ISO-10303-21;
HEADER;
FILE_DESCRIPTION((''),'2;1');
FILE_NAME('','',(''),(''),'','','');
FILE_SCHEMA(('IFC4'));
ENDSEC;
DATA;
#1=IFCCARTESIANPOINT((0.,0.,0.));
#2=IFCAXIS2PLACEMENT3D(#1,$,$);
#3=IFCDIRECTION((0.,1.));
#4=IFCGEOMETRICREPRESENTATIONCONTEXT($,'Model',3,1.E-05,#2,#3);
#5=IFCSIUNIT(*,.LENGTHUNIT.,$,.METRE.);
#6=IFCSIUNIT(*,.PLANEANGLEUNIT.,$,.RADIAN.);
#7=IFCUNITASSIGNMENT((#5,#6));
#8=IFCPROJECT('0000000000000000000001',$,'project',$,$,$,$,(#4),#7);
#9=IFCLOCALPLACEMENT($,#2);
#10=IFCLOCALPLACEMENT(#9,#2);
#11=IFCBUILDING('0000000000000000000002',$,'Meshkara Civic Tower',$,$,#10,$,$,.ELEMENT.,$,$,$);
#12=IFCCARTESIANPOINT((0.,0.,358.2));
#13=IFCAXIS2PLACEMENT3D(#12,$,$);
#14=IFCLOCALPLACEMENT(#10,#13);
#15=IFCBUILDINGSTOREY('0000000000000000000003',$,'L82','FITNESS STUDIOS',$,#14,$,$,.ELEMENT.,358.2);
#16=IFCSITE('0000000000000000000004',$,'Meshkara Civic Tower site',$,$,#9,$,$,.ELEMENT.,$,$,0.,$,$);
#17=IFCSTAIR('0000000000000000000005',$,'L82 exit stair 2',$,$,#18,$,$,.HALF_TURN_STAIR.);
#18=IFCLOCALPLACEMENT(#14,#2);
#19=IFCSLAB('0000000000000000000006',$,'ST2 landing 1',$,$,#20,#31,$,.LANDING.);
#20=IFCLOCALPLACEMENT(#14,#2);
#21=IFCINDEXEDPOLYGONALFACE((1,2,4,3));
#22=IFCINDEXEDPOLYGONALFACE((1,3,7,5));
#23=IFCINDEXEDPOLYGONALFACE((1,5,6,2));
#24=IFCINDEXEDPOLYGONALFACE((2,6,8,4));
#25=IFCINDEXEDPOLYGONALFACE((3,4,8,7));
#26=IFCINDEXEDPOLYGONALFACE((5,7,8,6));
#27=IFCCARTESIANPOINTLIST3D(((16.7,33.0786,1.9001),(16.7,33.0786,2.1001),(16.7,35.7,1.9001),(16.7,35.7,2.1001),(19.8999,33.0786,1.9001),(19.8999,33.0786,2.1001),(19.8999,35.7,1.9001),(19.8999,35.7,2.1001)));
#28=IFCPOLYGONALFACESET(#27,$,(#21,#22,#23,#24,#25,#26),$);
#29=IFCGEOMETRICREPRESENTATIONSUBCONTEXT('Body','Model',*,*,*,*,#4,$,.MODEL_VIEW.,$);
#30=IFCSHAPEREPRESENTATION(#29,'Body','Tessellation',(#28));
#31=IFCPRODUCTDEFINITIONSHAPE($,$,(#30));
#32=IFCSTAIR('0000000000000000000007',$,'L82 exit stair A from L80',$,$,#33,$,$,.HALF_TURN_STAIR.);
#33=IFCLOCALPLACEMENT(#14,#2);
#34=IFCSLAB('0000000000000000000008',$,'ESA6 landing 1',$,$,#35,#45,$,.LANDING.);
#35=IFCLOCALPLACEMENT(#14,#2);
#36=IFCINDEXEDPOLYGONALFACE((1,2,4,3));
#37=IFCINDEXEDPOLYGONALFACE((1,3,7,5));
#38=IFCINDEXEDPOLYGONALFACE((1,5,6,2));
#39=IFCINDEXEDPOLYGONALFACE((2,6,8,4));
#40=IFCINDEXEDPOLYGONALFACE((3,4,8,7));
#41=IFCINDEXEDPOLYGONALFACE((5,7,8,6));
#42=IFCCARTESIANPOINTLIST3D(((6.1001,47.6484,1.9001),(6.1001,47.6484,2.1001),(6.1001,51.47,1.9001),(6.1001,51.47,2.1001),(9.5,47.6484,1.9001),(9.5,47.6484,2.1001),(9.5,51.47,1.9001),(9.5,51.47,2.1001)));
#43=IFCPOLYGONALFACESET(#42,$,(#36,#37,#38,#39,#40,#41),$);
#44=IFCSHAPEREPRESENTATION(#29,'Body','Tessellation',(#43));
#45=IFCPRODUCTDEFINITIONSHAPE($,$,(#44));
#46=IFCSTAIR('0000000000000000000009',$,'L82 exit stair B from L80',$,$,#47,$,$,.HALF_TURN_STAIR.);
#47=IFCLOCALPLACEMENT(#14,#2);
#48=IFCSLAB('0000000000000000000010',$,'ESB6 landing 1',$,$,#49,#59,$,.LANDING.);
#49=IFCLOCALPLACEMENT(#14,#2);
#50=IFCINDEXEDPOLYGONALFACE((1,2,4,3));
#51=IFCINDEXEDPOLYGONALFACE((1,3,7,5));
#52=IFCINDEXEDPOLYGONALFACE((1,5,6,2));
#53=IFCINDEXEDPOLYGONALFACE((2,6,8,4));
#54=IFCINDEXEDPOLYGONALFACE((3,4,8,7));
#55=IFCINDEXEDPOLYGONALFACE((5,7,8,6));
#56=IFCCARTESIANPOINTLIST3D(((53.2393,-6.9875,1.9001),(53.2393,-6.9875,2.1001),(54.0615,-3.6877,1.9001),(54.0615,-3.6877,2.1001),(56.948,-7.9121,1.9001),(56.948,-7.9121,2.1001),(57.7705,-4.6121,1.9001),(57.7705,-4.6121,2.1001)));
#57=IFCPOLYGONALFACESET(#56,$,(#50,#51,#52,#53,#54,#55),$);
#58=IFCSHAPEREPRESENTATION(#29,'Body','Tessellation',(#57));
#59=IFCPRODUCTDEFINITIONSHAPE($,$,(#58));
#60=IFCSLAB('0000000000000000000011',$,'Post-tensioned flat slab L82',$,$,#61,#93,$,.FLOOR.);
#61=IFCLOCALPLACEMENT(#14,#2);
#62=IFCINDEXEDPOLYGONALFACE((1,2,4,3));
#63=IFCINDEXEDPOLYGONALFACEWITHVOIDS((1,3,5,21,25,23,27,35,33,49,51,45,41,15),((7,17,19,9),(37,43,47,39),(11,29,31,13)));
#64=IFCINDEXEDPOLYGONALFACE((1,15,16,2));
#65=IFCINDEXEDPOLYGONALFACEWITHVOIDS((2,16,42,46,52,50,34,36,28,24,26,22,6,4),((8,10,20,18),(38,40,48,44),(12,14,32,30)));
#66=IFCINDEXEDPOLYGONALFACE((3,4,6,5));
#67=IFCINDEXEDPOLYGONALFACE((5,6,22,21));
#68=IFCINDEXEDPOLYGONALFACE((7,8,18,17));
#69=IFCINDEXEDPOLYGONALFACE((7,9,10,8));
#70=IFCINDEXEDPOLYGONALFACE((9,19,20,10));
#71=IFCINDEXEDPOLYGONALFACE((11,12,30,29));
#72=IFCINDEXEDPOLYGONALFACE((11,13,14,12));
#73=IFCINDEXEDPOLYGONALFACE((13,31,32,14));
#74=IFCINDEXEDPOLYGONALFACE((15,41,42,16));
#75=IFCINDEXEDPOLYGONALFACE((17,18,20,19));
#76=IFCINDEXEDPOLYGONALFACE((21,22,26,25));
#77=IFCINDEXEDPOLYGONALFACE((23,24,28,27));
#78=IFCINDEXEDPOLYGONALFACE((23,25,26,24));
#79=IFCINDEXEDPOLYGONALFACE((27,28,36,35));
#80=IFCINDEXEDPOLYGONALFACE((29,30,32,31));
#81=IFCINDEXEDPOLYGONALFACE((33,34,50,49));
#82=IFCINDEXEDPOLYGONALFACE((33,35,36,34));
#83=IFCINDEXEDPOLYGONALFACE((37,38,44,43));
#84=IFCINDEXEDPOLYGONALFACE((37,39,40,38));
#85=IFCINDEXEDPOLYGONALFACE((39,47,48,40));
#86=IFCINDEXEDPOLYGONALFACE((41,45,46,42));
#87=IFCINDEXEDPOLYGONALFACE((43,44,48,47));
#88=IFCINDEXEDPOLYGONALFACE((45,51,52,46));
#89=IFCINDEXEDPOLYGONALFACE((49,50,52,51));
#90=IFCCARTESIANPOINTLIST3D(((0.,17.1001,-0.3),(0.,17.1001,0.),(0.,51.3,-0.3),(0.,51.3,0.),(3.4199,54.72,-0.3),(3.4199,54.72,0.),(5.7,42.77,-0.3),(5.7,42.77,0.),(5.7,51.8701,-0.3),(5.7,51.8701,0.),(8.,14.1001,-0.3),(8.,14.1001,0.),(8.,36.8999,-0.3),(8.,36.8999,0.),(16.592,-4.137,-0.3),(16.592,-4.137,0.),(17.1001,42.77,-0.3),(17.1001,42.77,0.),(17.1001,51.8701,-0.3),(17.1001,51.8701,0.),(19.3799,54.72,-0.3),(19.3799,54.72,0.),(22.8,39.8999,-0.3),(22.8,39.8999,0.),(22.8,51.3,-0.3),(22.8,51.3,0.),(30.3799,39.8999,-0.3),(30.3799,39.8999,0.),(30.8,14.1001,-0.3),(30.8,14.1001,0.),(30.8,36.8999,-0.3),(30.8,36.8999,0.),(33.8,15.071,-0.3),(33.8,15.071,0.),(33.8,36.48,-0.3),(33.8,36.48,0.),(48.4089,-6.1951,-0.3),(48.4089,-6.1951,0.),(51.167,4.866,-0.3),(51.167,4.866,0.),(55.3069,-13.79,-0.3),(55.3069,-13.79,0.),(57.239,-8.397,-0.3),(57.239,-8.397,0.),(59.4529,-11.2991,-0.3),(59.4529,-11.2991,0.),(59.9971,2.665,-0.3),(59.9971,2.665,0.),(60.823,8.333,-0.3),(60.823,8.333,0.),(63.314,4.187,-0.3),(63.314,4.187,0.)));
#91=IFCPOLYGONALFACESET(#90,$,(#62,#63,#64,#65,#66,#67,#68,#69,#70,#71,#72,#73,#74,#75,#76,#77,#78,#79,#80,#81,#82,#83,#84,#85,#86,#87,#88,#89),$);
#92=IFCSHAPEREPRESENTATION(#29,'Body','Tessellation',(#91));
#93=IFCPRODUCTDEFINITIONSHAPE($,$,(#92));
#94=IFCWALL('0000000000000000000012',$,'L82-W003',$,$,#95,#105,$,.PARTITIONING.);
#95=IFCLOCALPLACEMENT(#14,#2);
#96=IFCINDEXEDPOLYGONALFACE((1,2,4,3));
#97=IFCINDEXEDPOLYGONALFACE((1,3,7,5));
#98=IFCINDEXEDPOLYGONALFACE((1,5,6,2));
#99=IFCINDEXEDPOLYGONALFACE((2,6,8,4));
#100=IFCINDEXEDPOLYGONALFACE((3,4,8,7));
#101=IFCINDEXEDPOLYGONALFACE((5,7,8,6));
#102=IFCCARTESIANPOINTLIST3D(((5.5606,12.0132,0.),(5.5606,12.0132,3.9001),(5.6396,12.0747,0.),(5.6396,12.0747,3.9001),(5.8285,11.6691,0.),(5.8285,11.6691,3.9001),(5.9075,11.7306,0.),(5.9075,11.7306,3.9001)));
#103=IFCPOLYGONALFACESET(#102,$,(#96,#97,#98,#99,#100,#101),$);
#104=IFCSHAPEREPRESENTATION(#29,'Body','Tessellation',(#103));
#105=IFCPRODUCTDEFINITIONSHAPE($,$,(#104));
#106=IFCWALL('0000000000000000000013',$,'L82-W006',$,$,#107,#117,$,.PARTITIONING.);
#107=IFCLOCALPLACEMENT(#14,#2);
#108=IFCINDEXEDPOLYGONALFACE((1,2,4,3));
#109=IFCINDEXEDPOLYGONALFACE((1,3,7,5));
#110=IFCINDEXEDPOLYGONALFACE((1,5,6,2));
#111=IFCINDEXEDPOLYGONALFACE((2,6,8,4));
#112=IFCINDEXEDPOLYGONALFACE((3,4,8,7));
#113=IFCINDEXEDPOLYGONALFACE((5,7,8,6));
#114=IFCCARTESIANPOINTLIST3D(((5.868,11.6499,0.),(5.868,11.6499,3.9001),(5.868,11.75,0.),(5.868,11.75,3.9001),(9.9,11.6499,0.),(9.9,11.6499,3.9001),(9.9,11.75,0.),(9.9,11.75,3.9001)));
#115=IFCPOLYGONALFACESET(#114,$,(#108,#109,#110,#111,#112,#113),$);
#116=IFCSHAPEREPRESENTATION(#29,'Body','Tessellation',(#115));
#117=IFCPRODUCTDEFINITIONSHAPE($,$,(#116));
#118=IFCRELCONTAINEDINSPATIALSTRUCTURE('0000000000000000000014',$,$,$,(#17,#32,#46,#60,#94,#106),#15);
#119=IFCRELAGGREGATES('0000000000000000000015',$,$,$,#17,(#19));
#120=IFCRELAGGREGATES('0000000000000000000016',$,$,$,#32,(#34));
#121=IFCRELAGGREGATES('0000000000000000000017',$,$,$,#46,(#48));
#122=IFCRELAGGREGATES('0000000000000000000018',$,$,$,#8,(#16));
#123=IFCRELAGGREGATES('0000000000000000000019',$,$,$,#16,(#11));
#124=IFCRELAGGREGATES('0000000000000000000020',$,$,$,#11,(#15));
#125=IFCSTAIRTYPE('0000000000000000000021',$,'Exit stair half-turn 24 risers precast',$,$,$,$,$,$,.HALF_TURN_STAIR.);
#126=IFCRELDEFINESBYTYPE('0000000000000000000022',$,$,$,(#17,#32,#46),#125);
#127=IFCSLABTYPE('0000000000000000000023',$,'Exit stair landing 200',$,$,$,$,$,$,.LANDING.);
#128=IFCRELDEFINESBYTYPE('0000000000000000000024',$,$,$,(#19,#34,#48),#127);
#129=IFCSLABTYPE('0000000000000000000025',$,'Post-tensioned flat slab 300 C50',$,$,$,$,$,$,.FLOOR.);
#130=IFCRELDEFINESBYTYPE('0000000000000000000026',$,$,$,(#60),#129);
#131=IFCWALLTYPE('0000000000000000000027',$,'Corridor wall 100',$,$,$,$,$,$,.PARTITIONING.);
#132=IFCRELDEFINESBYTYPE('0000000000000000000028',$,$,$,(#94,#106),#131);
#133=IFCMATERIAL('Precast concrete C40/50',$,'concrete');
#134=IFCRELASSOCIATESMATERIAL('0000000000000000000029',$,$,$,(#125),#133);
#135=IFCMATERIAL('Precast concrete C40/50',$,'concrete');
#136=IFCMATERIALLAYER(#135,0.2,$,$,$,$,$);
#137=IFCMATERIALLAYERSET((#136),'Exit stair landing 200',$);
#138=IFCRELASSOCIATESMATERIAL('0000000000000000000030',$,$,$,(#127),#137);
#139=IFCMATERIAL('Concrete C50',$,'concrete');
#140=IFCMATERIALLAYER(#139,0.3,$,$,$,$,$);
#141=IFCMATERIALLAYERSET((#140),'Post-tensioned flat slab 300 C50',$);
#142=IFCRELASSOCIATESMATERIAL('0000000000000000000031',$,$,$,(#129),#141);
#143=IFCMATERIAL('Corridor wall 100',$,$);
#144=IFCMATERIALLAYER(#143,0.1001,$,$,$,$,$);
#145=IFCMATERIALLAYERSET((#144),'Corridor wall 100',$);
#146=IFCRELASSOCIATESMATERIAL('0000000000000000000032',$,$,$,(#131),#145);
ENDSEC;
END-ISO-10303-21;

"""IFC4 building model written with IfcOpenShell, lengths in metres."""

from ifc_helpers import new_model, si_unit, direction, frame, frame_2d, origin, place, context, subcontext, project, spatial, polyline, rectangle, outline, extrude, material, layer, layer_set, type_object, element, aggregate, save


model = new_model("IFC4")

# Units and contexts
model_context = context("Model", 3, precision=1e-05, world=origin(), true_north=direction((0.0, 1.0)))
body_context = subcontext(model_context, "Body", "Model", "MODEL_VIEW")
ifc_project = project(units=[si_unit("LENGTHUNIT", "METRE"), si_unit("PLANEANGLEUNIT", "RADIAN")], contexts=[model_context])

# Site, building, storey
site_placement = place(None, origin())
site = spatial("IfcSite", under=ifc_project, at=site_placement, Name="Meshkara Civic Tower site", CompositionType="ELEMENT", RefElevation=0.0)
building_placement = place(site_placement, origin())
building = spatial("IfcBuilding", under=site, at=building_placement, Name="Meshkara Civic Tower", CompositionType="ELEMENT")
storey_placement = place(building_placement, frame((0.0, 0.0, 358.2)))
storey = spatial("IfcBuildingStorey", under=building, at=storey_placement, Name="L82", Description="FITNESS STUDIOS", CompositionType="ELEMENT", Elevation=358.2)

# Stairs, slabs
ifc_material_1 = material(Name="Precast concrete C40/50", Category="concrete")
stair_type = type_object("IfcStairType", Name="Exit stair half-turn 24 risers precast", PredefinedType="HALF_TURN_STAIR", material=ifc_material_1)
ifc_material_2 = material(Name="Precast concrete C40/50", Category="concrete")
ifc_layer_1 = layer(ifc_material_2, 0.2)
ifc_layer_set_1 = layer_set([ifc_layer_1], Name="Exit stair landing 200")
slab_type_1 = type_object("IfcSlabType", Name="Exit stair landing 200", PredefinedType="LANDING", material=ifc_layer_set_1)
stair_1_placement = place(storey_placement, origin())
stair_1 = element("IfcStair", 1, at=stair_1_placement, inside=storey, type_object=stair_type, Name="L82 exit stair 2", PredefinedType="HALF_TURN_STAIR")
slab_1_placement = place(storey_placement, frame((0.0, 0.0, 1.9001)))
slab_1 = element("IfcSlab", 2, at=slab_1_placement, type_object=slab_type_1, Name="ST2 landing 1", PredefinedType="LANDING", context=body_context, shape_type="SweptSolid", body=[
    extrude(outline(polyline([(19.8999, 33.0786), (19.8999, 35.7), (16.7, 35.7), (16.7, 33.0786), (19.8999, 33.0786)])), origin(), (0.0, 0.0, 1.0), 0.2),
])
aggregate(stair_1, [slab_1])
stair_2_placement = place(storey_placement, origin())
stair_2 = element("IfcStair", 3, at=stair_2_placement, inside=storey, type_object=stair_type, Name="L82 exit stair A from L80", PredefinedType="HALF_TURN_STAIR")
slab_2_placement = place(storey_placement, frame((0.0, 0.0, 1.9001)))
slab_2 = element("IfcSlab", 4, at=slab_2_placement, type_object=slab_type_1, Name="ESA6 landing 1", PredefinedType="LANDING", context=body_context, shape_type="SweptSolid", body=[
    extrude(outline(polyline([(9.5, 47.6484), (9.5, 51.47), (6.1001, 51.47), (6.1001, 47.6484), (9.5, 47.6484)])), origin(), (0.0, 0.0, 1.0), 0.2),
])
aggregate(stair_2, [slab_2])
stair_3_placement = place(storey_placement, origin())
stair_3 = element("IfcStair", 5, at=stair_3_placement, inside=storey, type_object=stair_type, Name="L82 exit stair B from L80", PredefinedType="HALF_TURN_STAIR")
slab_3_placement = place(storey_placement, frame((0.0, 0.0, 1.9001)))
slab_3 = element("IfcSlab", 6, at=slab_3_placement, type_object=slab_type_1, Name="ESB6 landing 1", PredefinedType="LANDING", context=body_context, shape_type="SweptSolid", body=[
    extrude(outline(polyline([(53.2393, -6.9875), (56.948, -7.9121), (57.7705, -4.6121), (54.0615, -3.6877), (53.2393, -6.9875)])), origin(), (0.0, 0.0, 1.0), 0.2),
])
aggregate(stair_3, [slab_3])

# Slab
ifc_material_3 = material(Name="Concrete C50", Category="concrete")
ifc_layer_2 = layer(ifc_material_3, 0.3)
ifc_layer_set_2 = layer_set([ifc_layer_2], Name="Post-tensioned flat slab 300 C50")
slab_type_2 = type_object("IfcSlabType", Name="Post-tensioned flat slab 300 C50", PredefinedType="FLOOR", material=ifc_layer_set_2)
slab_4_placement = place(storey_placement, frame((0.0, 0.0, -0.3)))
element("IfcSlab", 7, at=slab_4_placement, inside=storey, type_object=slab_type_2, Name="Post-tensioned flat slab L82", PredefinedType="FLOOR", context=body_context, shape_type="SweptSolid", body=[
    extrude(outline(polyline([(59.4529, -11.2991), (55.3069, -13.79), (16.592, -4.137), (0.0, 17.1001), (0.0, 51.3), (3.4199, 54.72), (19.3799, 54.72), (22.8, 51.3), (22.8, 39.8999), (30.3799, 39.8999), (33.8, 36.48), (33.8, 15.071), (60.823, 8.333), (63.314, 4.187), (59.4529, -11.2991)]), holes=[polyline([(57.239, -8.397), (59.9971, 2.665), (51.167, 4.866), (48.4089, -6.1951), (57.239, -8.397)]), polyline([(8.0, 14.1001), (30.8, 14.1001), (30.8, 36.8999), (8.0, 36.8999), (8.0, 14.1001)]), polyline([(5.7, 51.8701), (5.7, 42.77), (17.1001, 42.77), (17.1001, 51.8701), (5.7, 51.8701)])]), origin(), (0.0, 0.0, 1.0), 0.3),
])

# Walls
ifc_material_4 = material(Name="Corridor wall 100")
ifc_layer_3 = layer(ifc_material_4, 0.1001)
ifc_layer_set_3 = layer_set([ifc_layer_3], Name="Corridor wall 100")
wall_type = type_object("IfcWallType", Name="Corridor wall 100", PredefinedType="PARTITIONING", material=ifc_layer_set_3)
wall_1_placement = place(storey_placement, frame((5.6001, 12.0439, 0.0), z_axis=(0.0, 0.0, 1.0), x_axis=(0.614328, -0.789051, 0.0)))
element("IfcWall", 8, at=wall_1_placement, inside=storey, type_object=wall_type, Name="L82-W003", PredefinedType="PARTITIONING", context=body_context, shape_type="SweptSolid", body=[
    extrude(rectangle(XDim=0.436, YDim=0.1001, at=frame_2d((0.218, 0.0))), origin(), (0.0, 0.0, 1.0), 3.9001),
])
wall_2_placement = place(storey_placement, frame((5.8679, 11.7, 0.0), z_axis=(0.0, 0.0, 1.0), x_axis=(1.0, 0.0, 0.0)))
element("IfcWall", 9, at=wall_2_placement, inside=storey, type_object=wall_type, Name="L82-W006", PredefinedType="PARTITIONING", context=body_context, shape_type="SweptSolid", body=[
    extrude(rectangle(XDim=4.032, YDim=0.1001, at=frame_2d((2.0161, 0.0))), origin(), (0.0, 0.0, 1.0), 3.9001),
])

save(model, "model.ifc")
